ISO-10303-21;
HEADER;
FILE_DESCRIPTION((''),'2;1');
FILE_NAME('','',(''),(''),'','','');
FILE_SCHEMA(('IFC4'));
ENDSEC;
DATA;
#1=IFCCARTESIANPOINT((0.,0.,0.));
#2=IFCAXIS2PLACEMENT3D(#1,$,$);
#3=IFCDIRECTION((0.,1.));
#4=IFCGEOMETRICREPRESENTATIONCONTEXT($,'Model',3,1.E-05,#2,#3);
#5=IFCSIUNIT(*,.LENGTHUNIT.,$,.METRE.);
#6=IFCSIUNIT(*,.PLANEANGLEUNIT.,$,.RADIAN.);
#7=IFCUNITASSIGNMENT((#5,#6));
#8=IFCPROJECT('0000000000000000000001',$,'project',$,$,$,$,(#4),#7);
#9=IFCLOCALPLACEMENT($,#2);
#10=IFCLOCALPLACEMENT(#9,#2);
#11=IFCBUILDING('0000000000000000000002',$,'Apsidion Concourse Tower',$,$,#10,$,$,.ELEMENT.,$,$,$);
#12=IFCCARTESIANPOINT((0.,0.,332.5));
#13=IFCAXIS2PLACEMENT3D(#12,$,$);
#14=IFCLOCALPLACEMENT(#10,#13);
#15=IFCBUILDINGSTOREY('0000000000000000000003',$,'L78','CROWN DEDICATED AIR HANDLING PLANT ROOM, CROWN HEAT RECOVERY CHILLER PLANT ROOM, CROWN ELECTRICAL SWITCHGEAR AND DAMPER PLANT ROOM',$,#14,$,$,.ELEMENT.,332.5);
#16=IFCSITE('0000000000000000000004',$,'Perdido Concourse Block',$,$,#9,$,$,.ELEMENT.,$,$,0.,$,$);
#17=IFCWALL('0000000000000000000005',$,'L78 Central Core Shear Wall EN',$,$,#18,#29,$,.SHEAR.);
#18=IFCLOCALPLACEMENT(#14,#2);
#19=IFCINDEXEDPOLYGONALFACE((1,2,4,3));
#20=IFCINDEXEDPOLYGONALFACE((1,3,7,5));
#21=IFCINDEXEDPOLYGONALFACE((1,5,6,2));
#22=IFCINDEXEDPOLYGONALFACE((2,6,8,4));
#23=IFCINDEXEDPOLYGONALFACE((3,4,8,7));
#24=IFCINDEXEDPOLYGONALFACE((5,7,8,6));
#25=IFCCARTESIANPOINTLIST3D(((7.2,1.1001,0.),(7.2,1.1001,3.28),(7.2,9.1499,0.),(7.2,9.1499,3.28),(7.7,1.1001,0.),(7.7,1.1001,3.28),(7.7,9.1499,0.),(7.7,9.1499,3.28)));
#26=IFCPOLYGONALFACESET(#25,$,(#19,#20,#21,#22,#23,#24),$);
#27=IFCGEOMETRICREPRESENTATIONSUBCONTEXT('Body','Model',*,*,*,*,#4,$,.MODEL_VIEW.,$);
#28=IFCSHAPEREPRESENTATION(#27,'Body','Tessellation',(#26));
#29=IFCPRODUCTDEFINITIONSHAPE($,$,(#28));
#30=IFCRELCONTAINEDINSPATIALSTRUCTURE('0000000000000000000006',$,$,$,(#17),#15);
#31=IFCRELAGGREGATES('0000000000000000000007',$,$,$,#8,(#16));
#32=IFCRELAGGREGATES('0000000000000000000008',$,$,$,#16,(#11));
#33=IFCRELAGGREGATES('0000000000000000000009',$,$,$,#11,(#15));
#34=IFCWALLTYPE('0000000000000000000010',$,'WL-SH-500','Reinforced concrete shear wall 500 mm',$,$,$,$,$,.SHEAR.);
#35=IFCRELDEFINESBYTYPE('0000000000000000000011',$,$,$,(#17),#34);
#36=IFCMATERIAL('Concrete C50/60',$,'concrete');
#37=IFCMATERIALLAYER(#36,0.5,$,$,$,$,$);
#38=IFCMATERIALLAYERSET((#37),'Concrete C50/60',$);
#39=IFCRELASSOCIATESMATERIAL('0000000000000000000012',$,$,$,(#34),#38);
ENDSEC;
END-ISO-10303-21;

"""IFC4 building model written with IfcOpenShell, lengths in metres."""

from ifc_helpers import new_model, si_unit, direction, frame, frame_2d, origin, place, context, subcontext, project, spatial, rectangle, extrude, material, layer, layer_set, type_object, element, save


model = new_model("IFC4")

# Units and contexts
model_context = context("Model", 3, precision=1e-05, world=origin(), true_north=direction((0.0, 1.0)))
body_context = subcontext(model_context, "Body", "Model", "MODEL_VIEW")
ifc_project = project(units=[si_unit("LENGTHUNIT", "METRE"), si_unit("PLANEANGLEUNIT", "RADIAN")], contexts=[model_context])

# Site, building, storey
site_placement = place(None, origin())
site = spatial("IfcSite", under=ifc_project, at=site_placement, Name="Perdido Concourse Block", CompositionType="ELEMENT", RefElevation=0.0)
building_placement = place(site_placement, origin())
building = spatial("IfcBuilding", under=site, at=building_placement, Name="Apsidion Concourse Tower", CompositionType="ELEMENT")
storey_placement = place(building_placement, frame((0.0, 0.0, 332.5)))
storey = spatial("IfcBuildingStorey", under=building, at=storey_placement, Name="L78", Description="CROWN DEDICATED AIR HANDLING PLANT ROOM, CROWN HEAT RECOVERY CHILLER PLANT ROOM, CROWN ELECTRICAL SWITCHGEAR AND DAMPER PLANT ROOM", CompositionType="ELEMENT", Elevation=332.5)

# Shared definitions
ifc_material_1 = material(Name="Concrete C50/60", Category="concrete")

# Wall
ifc_layer_1 = layer(ifc_material_1, 0.5)
ifc_layer_set_1 = layer_set([ifc_layer_1], Name="Concrete C50/60")
wall_type_1 = type_object("IfcWallType", Name="WL-SH-500", Description="Reinforced concrete shear wall 500 mm", PredefinedType="SHEAR", material=ifc_layer_set_1)
wall_1_placement = place(storey_placement, frame((7.45, 1.1001, 0.0), z_axis=(0.0, 0.0, 1.0), x_axis=(0.0, 1.0, 0.0)))
element("IfcWall", 1, at=wall_1_placement, inside=storey, type_object=wall_type_1, Name="L78 Central Core Shear Wall EN", PredefinedType="SHEAR", context=body_context, shape_type="SweptSolid", body=[
    extrude(rectangle(XDim=8.0498, YDim=0.5, at=frame_2d((4.0249, 0.0))), origin(), (0.0, 0.0, 1.0), 3.28),
])

save(model, "model.ifc")
